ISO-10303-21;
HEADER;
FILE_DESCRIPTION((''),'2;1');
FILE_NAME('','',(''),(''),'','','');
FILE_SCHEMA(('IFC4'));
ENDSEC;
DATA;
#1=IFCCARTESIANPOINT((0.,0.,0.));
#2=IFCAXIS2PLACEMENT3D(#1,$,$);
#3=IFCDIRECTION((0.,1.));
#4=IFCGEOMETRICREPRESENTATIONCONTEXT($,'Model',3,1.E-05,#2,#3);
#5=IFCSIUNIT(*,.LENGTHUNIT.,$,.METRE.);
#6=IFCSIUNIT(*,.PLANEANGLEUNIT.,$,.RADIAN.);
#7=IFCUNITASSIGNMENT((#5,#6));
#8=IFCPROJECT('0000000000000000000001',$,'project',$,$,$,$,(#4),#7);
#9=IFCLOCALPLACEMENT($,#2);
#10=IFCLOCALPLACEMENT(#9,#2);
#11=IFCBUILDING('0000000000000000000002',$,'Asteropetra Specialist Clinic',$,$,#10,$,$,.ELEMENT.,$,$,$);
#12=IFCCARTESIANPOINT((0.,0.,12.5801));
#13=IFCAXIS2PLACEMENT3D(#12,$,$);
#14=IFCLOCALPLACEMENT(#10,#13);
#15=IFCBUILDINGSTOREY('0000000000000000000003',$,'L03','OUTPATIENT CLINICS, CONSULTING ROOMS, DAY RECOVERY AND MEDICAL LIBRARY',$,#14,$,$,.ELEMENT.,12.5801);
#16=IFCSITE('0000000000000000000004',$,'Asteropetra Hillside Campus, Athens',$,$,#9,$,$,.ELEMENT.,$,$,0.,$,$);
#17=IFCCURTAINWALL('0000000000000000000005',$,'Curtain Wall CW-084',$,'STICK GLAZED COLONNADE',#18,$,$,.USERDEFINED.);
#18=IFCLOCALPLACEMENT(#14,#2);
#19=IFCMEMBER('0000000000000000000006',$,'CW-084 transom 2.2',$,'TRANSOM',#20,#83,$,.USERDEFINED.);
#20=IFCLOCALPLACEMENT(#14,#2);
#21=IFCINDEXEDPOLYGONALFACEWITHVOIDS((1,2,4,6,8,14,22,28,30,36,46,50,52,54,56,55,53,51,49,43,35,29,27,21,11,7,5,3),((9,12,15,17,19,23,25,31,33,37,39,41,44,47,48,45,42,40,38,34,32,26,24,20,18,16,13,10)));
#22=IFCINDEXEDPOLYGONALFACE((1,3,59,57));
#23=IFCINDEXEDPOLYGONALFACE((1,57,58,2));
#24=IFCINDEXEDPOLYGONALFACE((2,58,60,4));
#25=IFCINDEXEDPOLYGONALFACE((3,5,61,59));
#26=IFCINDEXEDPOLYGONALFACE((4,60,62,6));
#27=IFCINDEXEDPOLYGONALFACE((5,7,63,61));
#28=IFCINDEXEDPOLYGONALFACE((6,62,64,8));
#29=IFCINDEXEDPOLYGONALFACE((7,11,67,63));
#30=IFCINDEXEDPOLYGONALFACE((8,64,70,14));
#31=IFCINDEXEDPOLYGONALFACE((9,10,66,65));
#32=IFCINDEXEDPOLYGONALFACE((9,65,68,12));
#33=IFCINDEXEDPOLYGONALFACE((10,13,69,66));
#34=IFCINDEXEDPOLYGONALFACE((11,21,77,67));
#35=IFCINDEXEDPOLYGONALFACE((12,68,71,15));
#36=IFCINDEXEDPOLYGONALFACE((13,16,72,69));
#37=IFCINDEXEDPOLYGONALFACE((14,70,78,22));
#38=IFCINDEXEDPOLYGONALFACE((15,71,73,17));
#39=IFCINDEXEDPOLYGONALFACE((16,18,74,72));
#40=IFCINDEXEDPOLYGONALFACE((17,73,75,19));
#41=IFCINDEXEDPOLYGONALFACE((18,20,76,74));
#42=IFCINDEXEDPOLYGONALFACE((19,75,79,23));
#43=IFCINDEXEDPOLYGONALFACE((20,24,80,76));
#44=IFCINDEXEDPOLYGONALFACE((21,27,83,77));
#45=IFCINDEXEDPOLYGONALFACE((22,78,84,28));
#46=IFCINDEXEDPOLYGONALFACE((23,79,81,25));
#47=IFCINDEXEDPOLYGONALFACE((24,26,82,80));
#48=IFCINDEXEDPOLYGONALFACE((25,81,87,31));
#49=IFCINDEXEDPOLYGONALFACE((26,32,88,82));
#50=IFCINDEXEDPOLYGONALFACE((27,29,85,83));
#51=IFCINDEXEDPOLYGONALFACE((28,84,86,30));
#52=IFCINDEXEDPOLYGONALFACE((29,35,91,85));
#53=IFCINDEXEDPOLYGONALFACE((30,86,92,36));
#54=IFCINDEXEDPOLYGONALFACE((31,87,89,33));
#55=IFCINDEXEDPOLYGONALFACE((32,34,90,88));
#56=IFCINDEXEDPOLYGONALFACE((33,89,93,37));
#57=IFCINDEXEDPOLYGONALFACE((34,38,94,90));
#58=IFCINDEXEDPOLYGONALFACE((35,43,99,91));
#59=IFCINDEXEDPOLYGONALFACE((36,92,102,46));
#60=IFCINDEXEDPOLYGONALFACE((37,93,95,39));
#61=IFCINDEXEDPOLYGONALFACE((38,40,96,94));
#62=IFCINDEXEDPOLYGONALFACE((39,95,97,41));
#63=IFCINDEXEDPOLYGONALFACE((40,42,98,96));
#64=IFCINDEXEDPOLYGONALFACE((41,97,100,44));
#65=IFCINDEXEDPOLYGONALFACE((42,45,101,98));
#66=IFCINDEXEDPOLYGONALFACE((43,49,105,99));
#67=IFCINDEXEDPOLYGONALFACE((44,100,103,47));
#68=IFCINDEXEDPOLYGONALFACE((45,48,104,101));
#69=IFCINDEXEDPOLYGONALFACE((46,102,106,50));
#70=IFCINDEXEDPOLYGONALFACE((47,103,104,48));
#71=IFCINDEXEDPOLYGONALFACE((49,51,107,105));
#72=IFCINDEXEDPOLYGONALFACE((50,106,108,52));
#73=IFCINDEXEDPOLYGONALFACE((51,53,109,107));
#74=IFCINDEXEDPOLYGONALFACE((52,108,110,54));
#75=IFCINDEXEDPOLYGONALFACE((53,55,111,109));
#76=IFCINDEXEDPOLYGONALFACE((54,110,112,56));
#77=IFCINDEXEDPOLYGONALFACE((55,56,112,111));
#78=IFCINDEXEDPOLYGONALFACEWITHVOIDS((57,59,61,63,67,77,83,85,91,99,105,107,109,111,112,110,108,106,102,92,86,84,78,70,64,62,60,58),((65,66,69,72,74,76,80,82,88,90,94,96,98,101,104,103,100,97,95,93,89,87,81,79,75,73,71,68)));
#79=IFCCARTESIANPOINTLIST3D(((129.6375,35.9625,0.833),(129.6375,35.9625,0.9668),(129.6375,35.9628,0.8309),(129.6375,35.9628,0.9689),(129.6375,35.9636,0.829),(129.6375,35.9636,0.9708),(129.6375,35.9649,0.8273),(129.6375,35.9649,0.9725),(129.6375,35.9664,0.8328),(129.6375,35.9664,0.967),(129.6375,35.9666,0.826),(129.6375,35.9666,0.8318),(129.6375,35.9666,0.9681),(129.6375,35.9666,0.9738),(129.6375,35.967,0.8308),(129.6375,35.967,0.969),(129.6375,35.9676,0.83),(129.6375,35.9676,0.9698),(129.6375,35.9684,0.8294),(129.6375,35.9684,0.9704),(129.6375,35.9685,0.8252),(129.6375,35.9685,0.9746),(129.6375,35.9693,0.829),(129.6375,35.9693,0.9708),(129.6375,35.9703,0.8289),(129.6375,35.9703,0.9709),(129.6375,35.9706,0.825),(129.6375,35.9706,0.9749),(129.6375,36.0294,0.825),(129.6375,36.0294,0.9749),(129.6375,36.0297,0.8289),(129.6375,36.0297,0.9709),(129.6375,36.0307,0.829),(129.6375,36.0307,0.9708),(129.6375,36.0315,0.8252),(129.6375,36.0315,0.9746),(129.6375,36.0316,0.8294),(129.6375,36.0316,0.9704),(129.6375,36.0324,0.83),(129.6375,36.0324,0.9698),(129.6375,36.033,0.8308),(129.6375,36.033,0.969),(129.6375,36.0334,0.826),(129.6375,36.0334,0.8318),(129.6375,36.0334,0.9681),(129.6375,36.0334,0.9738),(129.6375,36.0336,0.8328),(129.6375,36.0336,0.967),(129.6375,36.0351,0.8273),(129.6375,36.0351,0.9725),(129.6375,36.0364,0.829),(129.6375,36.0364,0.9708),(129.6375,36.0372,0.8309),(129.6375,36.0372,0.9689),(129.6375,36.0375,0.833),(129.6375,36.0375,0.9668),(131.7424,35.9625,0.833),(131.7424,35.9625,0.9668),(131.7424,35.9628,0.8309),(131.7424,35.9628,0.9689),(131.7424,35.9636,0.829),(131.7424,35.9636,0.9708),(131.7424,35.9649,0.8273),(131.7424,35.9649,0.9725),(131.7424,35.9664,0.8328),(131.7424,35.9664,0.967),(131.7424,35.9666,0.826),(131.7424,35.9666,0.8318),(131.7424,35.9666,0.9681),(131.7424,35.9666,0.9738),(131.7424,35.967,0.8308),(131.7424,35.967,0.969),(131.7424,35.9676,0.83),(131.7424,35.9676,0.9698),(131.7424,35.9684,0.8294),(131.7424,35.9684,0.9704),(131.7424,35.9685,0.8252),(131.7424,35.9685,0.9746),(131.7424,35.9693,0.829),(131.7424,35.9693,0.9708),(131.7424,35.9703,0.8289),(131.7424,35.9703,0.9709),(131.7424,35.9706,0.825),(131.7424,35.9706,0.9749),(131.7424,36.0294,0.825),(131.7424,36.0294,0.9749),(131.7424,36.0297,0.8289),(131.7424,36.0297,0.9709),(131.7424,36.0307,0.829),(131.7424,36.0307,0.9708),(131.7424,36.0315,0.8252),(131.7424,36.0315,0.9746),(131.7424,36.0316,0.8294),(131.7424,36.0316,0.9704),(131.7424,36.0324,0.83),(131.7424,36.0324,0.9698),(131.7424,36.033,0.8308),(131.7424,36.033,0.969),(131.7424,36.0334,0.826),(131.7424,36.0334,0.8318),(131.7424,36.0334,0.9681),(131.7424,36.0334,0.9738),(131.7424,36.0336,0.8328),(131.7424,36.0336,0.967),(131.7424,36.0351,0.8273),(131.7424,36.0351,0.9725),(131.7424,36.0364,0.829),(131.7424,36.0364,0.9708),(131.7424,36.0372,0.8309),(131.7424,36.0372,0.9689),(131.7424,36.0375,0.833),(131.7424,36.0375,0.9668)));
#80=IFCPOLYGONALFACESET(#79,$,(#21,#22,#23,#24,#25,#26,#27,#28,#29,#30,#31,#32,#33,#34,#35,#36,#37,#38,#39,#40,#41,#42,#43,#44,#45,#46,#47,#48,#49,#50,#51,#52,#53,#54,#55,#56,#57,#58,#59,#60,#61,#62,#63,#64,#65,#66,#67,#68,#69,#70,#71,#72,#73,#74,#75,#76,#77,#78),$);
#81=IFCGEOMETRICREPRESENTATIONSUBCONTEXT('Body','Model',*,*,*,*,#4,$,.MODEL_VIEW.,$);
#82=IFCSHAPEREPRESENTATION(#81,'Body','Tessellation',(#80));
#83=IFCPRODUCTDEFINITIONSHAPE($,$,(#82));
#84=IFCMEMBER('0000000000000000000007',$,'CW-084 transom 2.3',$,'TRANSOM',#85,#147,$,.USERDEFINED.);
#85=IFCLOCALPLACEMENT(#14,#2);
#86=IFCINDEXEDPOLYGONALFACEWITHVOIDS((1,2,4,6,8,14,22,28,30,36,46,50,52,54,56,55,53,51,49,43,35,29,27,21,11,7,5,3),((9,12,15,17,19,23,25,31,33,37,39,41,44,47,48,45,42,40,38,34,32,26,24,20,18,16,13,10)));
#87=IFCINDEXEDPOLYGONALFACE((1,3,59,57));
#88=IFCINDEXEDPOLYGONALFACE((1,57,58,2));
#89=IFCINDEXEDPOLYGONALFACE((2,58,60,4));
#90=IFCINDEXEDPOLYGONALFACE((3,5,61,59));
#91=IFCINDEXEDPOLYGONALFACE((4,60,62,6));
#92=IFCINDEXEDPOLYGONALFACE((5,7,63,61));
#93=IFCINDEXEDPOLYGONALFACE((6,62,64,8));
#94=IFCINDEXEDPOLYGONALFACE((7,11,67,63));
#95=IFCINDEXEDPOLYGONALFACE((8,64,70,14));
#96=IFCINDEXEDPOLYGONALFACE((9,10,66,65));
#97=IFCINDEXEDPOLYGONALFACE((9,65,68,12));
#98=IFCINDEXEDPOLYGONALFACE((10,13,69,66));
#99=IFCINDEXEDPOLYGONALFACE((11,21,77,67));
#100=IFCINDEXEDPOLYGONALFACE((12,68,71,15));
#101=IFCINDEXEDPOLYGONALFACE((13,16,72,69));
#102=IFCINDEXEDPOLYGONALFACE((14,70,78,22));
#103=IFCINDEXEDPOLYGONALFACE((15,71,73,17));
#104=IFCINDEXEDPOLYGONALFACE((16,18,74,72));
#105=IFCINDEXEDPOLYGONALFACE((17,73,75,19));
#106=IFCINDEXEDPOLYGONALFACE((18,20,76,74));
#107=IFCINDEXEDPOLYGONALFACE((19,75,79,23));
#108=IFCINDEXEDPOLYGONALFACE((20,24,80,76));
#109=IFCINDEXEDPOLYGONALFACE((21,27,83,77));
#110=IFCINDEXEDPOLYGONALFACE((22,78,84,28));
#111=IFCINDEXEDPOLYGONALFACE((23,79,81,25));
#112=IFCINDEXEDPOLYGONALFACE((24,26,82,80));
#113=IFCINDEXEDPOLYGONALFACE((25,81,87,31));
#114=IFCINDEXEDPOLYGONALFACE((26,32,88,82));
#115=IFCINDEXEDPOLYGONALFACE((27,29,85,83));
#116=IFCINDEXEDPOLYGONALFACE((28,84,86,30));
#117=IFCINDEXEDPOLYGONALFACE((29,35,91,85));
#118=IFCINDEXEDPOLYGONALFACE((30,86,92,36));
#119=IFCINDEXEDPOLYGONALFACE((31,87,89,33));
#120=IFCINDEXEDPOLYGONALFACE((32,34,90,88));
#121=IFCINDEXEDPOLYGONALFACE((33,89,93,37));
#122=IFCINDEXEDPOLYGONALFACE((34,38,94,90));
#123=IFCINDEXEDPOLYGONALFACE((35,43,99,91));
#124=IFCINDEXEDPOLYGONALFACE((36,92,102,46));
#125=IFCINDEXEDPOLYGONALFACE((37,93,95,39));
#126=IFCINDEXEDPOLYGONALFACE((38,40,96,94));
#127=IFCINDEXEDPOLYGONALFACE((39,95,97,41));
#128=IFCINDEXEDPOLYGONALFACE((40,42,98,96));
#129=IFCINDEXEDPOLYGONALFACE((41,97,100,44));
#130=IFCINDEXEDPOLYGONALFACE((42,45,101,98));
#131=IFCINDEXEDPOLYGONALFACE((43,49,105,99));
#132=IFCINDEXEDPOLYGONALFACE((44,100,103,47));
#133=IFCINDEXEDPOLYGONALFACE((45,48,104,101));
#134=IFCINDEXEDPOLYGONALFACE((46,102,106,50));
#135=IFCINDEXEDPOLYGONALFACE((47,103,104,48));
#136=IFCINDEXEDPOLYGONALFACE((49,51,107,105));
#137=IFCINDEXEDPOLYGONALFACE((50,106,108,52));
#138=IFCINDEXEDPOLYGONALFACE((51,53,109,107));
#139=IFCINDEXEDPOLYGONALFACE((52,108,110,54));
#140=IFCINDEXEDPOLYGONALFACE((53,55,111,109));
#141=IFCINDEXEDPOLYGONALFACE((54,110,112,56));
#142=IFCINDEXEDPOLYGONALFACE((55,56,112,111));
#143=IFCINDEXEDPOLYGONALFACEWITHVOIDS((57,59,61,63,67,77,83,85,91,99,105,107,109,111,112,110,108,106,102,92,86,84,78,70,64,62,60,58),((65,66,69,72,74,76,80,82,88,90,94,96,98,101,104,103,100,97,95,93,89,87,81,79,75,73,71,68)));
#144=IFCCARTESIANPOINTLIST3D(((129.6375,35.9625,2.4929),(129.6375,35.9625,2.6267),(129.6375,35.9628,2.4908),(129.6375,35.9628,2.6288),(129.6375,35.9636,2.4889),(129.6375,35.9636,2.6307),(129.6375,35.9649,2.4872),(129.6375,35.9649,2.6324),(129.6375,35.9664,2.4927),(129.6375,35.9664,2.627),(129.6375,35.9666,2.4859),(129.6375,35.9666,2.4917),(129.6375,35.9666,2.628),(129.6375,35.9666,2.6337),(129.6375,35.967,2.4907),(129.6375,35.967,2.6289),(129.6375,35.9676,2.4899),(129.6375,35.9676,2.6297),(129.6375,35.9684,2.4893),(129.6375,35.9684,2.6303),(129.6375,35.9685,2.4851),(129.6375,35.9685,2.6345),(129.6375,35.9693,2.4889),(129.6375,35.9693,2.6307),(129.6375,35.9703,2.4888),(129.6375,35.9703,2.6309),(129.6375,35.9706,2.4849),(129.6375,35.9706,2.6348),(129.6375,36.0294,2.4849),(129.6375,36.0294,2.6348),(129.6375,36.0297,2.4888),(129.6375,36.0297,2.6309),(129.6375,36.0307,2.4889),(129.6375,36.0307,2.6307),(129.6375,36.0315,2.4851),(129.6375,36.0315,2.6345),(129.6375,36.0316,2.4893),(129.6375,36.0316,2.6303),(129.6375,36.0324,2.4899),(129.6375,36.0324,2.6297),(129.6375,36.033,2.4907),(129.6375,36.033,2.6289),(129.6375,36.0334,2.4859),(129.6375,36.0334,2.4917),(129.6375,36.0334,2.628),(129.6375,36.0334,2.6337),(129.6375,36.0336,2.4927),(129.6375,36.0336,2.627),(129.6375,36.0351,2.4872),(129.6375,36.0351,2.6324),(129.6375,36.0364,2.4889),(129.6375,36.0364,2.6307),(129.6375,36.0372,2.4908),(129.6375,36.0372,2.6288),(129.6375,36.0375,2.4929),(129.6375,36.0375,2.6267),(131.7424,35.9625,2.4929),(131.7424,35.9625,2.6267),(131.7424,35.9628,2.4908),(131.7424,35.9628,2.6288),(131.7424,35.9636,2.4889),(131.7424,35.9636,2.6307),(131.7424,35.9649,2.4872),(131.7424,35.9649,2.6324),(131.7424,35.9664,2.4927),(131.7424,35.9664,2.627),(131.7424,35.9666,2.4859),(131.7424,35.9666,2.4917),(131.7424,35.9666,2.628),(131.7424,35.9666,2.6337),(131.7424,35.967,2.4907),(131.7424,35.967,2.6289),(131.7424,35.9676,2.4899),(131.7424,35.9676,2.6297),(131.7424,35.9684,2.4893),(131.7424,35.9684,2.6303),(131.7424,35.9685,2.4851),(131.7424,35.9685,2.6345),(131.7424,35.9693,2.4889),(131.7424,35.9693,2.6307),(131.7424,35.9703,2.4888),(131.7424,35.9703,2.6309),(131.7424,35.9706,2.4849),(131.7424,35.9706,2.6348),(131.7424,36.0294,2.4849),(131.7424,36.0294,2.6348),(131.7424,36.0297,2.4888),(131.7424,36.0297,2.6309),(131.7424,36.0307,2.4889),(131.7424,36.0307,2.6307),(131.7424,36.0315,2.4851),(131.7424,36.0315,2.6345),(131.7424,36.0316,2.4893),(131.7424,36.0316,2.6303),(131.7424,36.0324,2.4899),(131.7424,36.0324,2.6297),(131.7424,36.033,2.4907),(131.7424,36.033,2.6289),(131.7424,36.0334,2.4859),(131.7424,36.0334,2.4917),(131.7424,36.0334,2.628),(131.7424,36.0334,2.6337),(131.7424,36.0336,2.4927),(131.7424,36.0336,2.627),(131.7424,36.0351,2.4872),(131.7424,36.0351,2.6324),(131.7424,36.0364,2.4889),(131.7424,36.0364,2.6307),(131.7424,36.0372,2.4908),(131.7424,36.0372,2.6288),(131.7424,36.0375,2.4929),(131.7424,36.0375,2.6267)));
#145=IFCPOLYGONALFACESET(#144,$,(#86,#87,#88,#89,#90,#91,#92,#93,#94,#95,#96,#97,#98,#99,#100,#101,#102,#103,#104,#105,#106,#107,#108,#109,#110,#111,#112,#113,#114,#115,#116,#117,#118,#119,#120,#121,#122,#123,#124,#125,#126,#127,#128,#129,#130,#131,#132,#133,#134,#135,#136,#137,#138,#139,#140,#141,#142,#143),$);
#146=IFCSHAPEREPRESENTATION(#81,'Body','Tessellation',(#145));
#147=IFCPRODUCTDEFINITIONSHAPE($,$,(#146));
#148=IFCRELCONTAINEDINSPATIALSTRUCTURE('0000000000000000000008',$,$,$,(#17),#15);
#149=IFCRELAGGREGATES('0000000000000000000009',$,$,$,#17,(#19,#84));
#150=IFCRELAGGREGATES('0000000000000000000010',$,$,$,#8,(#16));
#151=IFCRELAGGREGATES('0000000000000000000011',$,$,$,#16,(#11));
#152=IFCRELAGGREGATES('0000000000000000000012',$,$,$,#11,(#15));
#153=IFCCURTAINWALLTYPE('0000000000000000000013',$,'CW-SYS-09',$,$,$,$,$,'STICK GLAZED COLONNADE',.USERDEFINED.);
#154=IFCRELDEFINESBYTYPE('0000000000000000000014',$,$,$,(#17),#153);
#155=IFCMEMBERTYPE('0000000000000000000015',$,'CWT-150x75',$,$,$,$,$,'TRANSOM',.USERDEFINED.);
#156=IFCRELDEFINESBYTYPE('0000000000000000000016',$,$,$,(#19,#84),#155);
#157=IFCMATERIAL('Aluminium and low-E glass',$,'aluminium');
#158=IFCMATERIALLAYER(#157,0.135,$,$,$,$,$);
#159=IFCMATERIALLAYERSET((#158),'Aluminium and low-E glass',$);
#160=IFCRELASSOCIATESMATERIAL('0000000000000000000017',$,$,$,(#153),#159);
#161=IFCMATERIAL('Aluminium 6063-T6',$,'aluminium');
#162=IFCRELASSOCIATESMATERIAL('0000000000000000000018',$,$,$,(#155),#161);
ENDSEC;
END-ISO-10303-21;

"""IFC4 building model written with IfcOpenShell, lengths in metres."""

from ifc_helpers import new_model, si_unit, direction, frame, origin, origin_2d, place, context, subcontext, project, spatial, hollow_rectangle, extrude, material, layer, layer_set, material_profile, profile_set, type_object, element, aggregate, save


model = new_model("IFC4")

# Units and contexts
model_context = context("Model", 3, precision=1e-05, world=origin(), true_north=direction((0.0, 1.0)))
body_context = subcontext(model_context, "Body", "Model", "MODEL_VIEW")
ifc_project = project(units=[si_unit("LENGTHUNIT", "METRE"), si_unit("PLANEANGLEUNIT", "RADIAN")], contexts=[model_context])

# Site, building, storey
site_placement = place(None, origin())
site = spatial("IfcSite", under=ifc_project, at=site_placement, Name="Asteropetra Hillside Campus, Athens", CompositionType="ELEMENT", RefElevation=0.0)
building_placement = place(site_placement, origin())
building = spatial("IfcBuilding", under=site, at=building_placement, Name="Asteropetra Specialist Clinic", CompositionType="ELEMENT")
storey_placement = place(building_placement, frame((0.0, 0.0, 12.5801)))
storey = spatial("IfcBuildingStorey", under=building, at=storey_placement, Name="L03", Description="OUTPATIENT CLINICS, CONSULTING ROOMS, DAY RECOVERY AND MEDICAL LIBRARY", CompositionType="ELEMENT", Elevation=12.5801)

# Curtain wall
ifc_material_1 = material(Name="Aluminium and low-E glass", Category="aluminium")
ifc_layer_1 = layer(ifc_material_1, 0.135)
ifc_layer_set_1 = layer_set([ifc_layer_1], Name="Aluminium and low-E glass")
curtain_wall_type_1 = type_object("IfcCurtainWallType", Name="CW-SYS-09", ElementType="STICK GLAZED COLONNADE", PredefinedType="USERDEFINED", material=ifc_layer_set_1)
curtain_wall_1_placement = place(storey_placement, origin())
curtain_wall_1 = element("IfcCurtainWall", 1, at=curtain_wall_1_placement, inside=storey, type_object=curtain_wall_type_1, Name="Curtain Wall CW-084", ObjectType="STICK GLAZED COLONNADE", PredefinedType="USERDEFINED")

# Members
ifc_material_2 = material(Name="Aluminium 6063-T6", Category="aluminium")
ifc_material_profile_1 = material_profile(ifc_material_2, hollow_rectangle(XDim=0.075, YDim=0.1499, WallThickness=0.0039, InnerFilletRadius=0.0039, OuterFilletRadius=0.0081, at=origin_2d()), Name="TRN 150x75x4.0")
ifc_profile_set_1 = profile_set([ifc_material_profile_1], Name="Aluminium 6063-T6")
member_type_1 = type_object("IfcMemberType", Name="CWT-150x75", ElementType="TRANSOM", PredefinedType="USERDEFINED", material=ifc_profile_set_1)
member_1_placement = place(storey_placement, frame((131.7424, 36.0, 0.8999), z_axis=(-1.0, 0.0, 0.0), x_axis=(0.0, -1.0, 0.0)))
member_1 = element("IfcMember", 2, at=member_1_placement, type_object=member_type_1, Name="CW-084 transom 2.2", ObjectType="TRANSOM", PredefinedType="USERDEFINED", context=body_context, shape_type="SweptSolid", body=[
    extrude(hollow_rectangle(XDim=0.075, YDim=0.1499, WallThickness=0.0039, InnerFilletRadius=0.0039, OuterFilletRadius=0.0081, at=origin_2d()), origin(), (0.0, 0.0, 1.0), 2.105),
])
member_2_placement = place(storey_placement, frame((131.7424, 36.0, 2.5598), z_axis=(-1.0, 0.0, 0.0), x_axis=(0.0, -1.0, 0.0)))
member_2 = element("IfcMember", 3, at=member_2_placement, type_object=member_type_1, Name="CW-084 transom 2.3", ObjectType="TRANSOM", PredefinedType="USERDEFINED", context=body_context, shape_type="SweptSolid", body=[
    extrude(hollow_rectangle(XDim=0.075, YDim=0.1499, WallThickness=0.0039, InnerFilletRadius=0.0039, OuterFilletRadius=0.0081, at=origin_2d()), origin(), (0.0, 0.0, 1.0), 2.105),
])

aggregate(curtain_wall_1, [member_1, member_2])

save(model, "model.ifc")
